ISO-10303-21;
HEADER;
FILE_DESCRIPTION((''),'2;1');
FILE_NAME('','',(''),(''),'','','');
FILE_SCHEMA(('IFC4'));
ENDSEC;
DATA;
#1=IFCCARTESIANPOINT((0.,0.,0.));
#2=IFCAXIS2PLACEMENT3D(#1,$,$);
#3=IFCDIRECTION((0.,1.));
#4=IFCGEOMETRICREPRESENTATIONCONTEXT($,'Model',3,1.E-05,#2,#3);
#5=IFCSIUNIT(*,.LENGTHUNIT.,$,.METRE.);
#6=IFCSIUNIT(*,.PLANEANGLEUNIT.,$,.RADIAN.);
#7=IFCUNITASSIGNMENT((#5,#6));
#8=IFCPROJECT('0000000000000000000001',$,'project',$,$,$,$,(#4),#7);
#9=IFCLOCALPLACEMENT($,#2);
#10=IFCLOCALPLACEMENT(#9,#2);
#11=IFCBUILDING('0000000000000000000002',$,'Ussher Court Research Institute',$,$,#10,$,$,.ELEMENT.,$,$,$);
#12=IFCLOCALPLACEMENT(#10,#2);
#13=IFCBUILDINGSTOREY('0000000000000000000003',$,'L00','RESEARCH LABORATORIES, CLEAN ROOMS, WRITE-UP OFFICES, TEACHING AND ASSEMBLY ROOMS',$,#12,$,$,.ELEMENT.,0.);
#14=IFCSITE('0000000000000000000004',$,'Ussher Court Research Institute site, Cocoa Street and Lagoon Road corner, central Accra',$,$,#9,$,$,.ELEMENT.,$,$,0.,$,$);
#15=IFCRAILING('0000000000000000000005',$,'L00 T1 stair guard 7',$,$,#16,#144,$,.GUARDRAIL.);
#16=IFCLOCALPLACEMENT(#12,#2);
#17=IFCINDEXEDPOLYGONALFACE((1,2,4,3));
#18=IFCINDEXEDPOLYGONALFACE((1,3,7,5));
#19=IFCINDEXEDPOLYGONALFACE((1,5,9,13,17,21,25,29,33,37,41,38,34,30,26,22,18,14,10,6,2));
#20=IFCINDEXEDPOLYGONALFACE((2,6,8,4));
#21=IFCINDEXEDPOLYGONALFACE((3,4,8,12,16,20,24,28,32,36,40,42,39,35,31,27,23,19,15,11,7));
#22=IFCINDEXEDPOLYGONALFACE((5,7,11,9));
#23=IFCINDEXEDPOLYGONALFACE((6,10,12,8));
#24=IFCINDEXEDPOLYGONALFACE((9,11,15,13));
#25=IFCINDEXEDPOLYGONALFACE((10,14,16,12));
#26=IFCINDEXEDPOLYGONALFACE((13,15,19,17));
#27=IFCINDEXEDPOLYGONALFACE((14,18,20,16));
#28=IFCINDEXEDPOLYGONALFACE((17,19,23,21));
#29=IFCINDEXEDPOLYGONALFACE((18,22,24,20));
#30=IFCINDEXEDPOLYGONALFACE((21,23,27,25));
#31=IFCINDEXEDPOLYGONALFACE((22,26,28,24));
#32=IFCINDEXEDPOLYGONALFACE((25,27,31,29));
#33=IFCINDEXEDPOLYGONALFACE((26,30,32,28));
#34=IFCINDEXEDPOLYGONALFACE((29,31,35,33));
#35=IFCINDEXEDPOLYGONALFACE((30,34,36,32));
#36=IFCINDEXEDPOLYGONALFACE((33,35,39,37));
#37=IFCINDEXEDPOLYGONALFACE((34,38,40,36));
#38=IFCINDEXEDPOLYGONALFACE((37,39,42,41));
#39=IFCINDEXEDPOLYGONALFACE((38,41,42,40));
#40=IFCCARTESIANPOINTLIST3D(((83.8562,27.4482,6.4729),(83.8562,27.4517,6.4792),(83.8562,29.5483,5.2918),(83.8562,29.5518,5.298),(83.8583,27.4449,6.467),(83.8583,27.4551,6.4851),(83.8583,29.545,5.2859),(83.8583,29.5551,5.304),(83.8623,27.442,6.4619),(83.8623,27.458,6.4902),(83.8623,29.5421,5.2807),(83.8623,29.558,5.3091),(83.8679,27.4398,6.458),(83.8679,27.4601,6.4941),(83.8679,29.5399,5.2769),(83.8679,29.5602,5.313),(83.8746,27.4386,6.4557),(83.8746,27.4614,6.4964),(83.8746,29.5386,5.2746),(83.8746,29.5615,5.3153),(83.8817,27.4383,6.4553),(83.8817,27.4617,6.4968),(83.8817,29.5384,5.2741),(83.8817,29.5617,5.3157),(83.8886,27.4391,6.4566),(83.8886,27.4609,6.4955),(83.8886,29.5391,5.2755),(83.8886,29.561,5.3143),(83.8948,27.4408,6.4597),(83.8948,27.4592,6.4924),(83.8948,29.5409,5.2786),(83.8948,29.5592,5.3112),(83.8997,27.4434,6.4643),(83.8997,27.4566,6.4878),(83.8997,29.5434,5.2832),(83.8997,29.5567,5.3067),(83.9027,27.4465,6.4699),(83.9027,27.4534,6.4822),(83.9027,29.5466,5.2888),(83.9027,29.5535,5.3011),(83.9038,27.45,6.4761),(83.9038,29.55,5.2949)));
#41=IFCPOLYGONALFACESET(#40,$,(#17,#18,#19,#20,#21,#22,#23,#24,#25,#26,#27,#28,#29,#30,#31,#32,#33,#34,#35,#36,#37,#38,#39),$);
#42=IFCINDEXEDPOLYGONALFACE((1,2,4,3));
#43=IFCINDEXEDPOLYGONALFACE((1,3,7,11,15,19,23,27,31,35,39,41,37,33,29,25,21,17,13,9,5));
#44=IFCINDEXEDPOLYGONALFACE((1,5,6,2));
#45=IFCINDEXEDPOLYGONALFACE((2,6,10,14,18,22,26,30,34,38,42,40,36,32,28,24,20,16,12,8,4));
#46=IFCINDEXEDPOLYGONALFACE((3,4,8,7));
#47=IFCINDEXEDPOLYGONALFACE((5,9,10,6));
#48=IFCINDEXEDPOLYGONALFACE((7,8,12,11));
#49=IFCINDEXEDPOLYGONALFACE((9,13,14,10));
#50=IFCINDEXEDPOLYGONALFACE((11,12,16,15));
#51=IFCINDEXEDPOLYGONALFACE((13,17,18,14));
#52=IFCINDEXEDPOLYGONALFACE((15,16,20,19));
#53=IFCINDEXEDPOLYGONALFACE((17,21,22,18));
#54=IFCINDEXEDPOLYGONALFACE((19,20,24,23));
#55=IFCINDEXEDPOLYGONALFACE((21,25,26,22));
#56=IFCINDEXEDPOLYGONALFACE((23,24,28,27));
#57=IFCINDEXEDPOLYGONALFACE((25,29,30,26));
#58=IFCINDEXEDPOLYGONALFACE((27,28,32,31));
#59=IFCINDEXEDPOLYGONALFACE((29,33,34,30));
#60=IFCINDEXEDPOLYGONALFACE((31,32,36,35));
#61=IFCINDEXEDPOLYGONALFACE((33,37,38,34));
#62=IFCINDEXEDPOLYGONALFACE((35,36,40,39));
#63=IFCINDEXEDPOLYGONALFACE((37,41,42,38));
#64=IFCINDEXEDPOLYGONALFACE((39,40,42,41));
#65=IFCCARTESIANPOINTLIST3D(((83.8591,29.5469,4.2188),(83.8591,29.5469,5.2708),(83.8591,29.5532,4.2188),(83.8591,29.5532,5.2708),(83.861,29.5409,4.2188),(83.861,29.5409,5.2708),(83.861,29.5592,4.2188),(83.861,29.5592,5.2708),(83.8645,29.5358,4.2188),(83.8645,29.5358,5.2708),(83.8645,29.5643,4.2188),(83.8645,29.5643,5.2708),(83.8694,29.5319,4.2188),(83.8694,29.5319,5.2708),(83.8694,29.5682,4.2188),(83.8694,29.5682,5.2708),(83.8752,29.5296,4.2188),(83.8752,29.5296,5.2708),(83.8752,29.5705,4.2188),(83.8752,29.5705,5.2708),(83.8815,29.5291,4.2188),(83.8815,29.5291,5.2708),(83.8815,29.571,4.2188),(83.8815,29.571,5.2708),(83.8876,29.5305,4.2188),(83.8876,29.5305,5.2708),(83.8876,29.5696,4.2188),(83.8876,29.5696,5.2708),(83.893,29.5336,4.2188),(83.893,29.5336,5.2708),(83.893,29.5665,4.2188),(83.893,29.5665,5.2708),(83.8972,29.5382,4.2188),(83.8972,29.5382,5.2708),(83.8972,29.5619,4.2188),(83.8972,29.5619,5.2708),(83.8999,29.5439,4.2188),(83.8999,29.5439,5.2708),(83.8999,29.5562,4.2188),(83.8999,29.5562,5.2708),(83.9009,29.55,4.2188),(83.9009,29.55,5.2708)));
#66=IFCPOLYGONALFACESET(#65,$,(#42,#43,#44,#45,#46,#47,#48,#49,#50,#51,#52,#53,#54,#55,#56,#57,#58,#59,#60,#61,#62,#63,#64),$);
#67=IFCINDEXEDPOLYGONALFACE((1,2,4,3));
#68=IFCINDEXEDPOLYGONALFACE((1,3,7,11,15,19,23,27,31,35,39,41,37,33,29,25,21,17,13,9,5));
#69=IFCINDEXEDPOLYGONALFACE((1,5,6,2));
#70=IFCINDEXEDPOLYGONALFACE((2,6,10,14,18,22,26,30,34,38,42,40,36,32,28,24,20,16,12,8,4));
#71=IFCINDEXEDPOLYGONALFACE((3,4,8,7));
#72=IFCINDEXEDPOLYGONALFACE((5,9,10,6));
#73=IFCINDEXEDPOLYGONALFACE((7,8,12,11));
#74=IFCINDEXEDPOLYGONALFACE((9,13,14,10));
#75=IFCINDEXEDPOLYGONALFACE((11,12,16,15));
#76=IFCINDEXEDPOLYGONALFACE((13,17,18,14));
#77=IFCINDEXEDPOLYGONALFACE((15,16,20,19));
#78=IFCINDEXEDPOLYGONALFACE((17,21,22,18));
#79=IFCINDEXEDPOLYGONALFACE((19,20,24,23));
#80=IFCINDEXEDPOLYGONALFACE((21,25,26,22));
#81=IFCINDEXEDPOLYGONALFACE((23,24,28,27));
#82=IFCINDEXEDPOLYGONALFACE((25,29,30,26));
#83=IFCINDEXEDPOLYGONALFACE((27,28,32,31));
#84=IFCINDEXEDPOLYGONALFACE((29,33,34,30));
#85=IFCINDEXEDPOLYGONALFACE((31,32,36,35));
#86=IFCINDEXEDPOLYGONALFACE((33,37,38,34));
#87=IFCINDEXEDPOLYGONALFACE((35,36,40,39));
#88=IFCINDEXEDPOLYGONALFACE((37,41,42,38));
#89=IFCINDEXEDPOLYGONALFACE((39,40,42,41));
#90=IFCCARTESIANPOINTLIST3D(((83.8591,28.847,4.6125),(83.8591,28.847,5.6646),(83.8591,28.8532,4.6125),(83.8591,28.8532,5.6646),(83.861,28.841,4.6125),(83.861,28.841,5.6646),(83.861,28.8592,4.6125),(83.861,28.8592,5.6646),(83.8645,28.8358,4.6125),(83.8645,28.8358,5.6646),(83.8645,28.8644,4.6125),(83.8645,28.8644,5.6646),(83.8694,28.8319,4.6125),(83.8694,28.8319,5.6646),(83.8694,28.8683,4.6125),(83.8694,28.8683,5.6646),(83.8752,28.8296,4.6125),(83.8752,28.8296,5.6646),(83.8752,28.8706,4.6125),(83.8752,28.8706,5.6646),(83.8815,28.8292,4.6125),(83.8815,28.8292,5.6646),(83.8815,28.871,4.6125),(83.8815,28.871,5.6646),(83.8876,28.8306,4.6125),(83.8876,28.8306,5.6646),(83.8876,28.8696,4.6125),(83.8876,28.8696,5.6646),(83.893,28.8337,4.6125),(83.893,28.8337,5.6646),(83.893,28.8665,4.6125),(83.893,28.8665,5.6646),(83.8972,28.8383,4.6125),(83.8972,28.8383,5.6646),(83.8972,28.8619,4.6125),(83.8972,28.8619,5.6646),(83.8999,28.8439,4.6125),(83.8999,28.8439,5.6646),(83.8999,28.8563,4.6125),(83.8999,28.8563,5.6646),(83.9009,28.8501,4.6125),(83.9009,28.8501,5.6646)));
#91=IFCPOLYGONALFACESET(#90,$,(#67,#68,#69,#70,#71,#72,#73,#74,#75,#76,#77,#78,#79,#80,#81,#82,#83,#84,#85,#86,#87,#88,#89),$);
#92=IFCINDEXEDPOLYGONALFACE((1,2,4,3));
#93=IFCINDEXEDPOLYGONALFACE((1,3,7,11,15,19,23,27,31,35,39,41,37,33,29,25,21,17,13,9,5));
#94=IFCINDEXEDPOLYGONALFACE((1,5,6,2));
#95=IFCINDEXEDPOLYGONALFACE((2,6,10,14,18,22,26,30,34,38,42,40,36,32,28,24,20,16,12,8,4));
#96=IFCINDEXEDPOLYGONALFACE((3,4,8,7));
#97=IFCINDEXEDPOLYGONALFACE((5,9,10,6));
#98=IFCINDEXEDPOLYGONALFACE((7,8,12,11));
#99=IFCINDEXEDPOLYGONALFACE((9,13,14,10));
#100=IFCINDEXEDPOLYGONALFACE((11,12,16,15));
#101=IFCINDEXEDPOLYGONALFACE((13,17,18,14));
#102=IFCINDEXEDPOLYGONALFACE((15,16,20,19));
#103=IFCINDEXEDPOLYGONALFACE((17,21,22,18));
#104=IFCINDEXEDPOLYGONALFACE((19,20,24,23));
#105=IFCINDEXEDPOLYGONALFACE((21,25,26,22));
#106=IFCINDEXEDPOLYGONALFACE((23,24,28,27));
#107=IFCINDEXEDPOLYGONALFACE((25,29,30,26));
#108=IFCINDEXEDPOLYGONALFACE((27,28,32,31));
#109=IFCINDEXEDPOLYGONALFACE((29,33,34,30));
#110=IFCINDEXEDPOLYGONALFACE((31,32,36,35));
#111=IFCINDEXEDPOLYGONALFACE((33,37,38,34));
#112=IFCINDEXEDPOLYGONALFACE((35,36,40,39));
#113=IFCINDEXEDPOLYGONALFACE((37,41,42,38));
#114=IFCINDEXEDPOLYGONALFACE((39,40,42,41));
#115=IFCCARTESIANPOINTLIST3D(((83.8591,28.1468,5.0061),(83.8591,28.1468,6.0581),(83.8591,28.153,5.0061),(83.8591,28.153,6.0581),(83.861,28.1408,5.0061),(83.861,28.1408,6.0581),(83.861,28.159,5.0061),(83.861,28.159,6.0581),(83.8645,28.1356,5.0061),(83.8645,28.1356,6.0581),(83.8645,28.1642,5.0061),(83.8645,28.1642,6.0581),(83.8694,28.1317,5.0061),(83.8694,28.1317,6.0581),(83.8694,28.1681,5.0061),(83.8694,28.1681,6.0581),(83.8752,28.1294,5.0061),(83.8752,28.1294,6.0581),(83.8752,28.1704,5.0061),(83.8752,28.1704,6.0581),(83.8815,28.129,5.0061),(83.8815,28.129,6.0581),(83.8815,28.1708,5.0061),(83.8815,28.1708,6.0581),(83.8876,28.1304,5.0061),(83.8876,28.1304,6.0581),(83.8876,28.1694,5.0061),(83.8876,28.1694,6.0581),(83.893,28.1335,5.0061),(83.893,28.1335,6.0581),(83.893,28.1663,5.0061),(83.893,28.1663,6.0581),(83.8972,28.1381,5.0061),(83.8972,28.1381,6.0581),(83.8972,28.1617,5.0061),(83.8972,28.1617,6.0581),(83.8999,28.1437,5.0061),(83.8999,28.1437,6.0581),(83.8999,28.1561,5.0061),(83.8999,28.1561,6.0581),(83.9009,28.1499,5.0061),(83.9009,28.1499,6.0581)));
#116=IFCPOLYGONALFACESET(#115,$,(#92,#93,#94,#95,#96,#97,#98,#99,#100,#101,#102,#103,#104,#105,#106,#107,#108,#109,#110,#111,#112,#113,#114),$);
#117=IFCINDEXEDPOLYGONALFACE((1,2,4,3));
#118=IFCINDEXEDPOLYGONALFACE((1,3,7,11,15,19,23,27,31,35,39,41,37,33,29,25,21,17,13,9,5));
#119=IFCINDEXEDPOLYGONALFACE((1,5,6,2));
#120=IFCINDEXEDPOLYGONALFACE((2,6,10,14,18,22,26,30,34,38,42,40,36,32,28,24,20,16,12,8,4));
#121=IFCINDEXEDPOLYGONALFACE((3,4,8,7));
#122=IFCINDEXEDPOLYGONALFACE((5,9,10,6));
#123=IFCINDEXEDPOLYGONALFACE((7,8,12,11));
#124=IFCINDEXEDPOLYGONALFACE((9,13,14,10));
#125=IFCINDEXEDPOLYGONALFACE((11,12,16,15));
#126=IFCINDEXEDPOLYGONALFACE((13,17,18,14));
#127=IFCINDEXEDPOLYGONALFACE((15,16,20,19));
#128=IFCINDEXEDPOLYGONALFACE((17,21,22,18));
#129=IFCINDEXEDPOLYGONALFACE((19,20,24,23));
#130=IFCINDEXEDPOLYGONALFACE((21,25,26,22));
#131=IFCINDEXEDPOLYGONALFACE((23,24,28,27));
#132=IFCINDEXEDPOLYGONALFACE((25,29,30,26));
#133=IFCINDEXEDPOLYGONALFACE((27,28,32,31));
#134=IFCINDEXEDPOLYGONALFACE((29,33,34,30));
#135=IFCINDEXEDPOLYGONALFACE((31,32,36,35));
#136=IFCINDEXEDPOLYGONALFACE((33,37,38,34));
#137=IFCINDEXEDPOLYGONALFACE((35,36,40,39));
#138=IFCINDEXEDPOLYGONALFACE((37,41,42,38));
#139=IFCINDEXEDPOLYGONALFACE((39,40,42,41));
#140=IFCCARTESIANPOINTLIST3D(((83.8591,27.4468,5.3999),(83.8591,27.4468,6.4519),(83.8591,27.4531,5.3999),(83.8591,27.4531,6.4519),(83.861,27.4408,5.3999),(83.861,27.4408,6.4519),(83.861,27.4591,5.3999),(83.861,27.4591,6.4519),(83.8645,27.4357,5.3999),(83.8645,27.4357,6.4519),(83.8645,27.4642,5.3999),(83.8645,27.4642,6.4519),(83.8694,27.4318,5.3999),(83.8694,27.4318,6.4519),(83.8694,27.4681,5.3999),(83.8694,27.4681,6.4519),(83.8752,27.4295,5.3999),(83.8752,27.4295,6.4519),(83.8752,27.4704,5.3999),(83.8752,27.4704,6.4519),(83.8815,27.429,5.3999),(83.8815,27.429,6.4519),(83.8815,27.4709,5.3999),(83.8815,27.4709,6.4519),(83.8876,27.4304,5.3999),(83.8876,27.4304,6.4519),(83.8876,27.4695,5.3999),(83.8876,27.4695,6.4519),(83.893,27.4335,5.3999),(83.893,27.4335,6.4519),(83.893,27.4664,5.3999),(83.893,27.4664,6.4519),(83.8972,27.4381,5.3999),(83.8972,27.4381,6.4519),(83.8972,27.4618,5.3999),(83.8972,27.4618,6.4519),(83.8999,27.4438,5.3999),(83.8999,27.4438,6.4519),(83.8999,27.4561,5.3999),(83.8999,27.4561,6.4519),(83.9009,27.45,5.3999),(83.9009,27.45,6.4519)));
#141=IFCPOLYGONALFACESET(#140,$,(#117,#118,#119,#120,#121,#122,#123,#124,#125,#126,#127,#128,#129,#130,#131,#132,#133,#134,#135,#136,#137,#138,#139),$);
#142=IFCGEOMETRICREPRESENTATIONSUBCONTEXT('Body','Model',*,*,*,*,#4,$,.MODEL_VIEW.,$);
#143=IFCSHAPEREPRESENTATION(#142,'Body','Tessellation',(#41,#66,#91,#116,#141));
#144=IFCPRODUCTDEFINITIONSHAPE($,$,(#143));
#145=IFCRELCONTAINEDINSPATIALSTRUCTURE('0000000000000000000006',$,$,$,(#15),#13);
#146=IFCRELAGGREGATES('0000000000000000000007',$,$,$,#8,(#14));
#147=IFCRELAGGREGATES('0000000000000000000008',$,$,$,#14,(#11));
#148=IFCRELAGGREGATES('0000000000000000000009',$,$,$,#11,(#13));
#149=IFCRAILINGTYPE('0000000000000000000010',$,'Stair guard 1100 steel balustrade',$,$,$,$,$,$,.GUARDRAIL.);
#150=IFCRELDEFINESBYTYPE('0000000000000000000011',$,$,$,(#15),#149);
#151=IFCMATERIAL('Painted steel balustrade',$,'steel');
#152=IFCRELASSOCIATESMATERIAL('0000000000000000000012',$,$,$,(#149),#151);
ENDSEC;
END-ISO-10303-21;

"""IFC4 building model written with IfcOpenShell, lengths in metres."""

from ifc_helpers import new_model, si_unit, direction, frame, origin, origin_2d, place, context, subcontext, project, spatial, circle, extrude, material, type_object, element, save


model = new_model("IFC4")

# Units and contexts
model_context = context("Model", 3, precision=1e-05, world=origin(), true_north=direction((0.0, 1.0)))
body_context = subcontext(model_context, "Body", "Model", "MODEL_VIEW")
ifc_project = project(units=[si_unit("LENGTHUNIT", "METRE"), si_unit("PLANEANGLEUNIT", "RADIAN")], contexts=[model_context])

# Site, building, storey
site_placement = place(None, origin())
site = spatial("IfcSite", under=ifc_project, at=site_placement, Name="Ussher Court Research Institute site, Cocoa Street and Lagoon Road corner, central Accra", CompositionType="ELEMENT", RefElevation=0.0)
building_placement = place(site_placement, origin())
building = spatial("IfcBuilding", under=site, at=building_placement, Name="Ussher Court Research Institute", CompositionType="ELEMENT")
storey_placement = place(building_placement, origin())
storey = spatial("IfcBuildingStorey", under=building, at=storey_placement, Name="L00", Description="RESEARCH LABORATORIES, CLEAN ROOMS, WRITE-UP OFFICES, TEACHING AND ASSEMBLY ROOMS", CompositionType="ELEMENT", Elevation=0.0)

# Railing
ifc_material_1 = material(Name="Painted steel balustrade", Category="steel")
railing_type_1 = type_object("IfcRailingType", Name="Stair guard 1100 steel balustrade", PredefinedType="GUARDRAIL", material=ifc_material_1)
railing_1_placement = place(storey_placement, frame((83.8799, 29.55, 4.2188)))
element("IfcRailing", 1, at=railing_1_placement, inside=storey, type_object=railing_type_1, Name="L00 T1 stair guard 7", PredefinedType="GUARDRAIL", context=body_context, shape_type="SweptSolid", body=[
    extrude(circle(Radius=0.0239, at=origin_2d()), frame((0.0, 0.0, 1.0762), z_axis=(0.0, -0.871603, 0.490213), x_axis=(1.0, 0.0, 0.0)), (0.0, 0.0, 1.0), 2.4094),
    extrude(circle(Radius=0.021, at=origin_2d()), origin(), (0.0, 0.0, 1.0), 1.052),
    extrude(circle(Radius=0.021, at=origin_2d()), frame((0.0, -0.7, 0.3938)), (0.0, 0.0, 1.0), 1.052),
    extrude(circle(Radius=0.021, at=origin_2d()), frame((0.0, -1.4001, 0.7874)), (0.0, 0.0, 1.0), 1.052),
    extrude(circle(Radius=0.021, at=origin_2d()), frame((0.0, -2.1001, 1.1812)), (0.0, 0.0, 1.0), 1.052),
])

save(model, "model.ifc")
